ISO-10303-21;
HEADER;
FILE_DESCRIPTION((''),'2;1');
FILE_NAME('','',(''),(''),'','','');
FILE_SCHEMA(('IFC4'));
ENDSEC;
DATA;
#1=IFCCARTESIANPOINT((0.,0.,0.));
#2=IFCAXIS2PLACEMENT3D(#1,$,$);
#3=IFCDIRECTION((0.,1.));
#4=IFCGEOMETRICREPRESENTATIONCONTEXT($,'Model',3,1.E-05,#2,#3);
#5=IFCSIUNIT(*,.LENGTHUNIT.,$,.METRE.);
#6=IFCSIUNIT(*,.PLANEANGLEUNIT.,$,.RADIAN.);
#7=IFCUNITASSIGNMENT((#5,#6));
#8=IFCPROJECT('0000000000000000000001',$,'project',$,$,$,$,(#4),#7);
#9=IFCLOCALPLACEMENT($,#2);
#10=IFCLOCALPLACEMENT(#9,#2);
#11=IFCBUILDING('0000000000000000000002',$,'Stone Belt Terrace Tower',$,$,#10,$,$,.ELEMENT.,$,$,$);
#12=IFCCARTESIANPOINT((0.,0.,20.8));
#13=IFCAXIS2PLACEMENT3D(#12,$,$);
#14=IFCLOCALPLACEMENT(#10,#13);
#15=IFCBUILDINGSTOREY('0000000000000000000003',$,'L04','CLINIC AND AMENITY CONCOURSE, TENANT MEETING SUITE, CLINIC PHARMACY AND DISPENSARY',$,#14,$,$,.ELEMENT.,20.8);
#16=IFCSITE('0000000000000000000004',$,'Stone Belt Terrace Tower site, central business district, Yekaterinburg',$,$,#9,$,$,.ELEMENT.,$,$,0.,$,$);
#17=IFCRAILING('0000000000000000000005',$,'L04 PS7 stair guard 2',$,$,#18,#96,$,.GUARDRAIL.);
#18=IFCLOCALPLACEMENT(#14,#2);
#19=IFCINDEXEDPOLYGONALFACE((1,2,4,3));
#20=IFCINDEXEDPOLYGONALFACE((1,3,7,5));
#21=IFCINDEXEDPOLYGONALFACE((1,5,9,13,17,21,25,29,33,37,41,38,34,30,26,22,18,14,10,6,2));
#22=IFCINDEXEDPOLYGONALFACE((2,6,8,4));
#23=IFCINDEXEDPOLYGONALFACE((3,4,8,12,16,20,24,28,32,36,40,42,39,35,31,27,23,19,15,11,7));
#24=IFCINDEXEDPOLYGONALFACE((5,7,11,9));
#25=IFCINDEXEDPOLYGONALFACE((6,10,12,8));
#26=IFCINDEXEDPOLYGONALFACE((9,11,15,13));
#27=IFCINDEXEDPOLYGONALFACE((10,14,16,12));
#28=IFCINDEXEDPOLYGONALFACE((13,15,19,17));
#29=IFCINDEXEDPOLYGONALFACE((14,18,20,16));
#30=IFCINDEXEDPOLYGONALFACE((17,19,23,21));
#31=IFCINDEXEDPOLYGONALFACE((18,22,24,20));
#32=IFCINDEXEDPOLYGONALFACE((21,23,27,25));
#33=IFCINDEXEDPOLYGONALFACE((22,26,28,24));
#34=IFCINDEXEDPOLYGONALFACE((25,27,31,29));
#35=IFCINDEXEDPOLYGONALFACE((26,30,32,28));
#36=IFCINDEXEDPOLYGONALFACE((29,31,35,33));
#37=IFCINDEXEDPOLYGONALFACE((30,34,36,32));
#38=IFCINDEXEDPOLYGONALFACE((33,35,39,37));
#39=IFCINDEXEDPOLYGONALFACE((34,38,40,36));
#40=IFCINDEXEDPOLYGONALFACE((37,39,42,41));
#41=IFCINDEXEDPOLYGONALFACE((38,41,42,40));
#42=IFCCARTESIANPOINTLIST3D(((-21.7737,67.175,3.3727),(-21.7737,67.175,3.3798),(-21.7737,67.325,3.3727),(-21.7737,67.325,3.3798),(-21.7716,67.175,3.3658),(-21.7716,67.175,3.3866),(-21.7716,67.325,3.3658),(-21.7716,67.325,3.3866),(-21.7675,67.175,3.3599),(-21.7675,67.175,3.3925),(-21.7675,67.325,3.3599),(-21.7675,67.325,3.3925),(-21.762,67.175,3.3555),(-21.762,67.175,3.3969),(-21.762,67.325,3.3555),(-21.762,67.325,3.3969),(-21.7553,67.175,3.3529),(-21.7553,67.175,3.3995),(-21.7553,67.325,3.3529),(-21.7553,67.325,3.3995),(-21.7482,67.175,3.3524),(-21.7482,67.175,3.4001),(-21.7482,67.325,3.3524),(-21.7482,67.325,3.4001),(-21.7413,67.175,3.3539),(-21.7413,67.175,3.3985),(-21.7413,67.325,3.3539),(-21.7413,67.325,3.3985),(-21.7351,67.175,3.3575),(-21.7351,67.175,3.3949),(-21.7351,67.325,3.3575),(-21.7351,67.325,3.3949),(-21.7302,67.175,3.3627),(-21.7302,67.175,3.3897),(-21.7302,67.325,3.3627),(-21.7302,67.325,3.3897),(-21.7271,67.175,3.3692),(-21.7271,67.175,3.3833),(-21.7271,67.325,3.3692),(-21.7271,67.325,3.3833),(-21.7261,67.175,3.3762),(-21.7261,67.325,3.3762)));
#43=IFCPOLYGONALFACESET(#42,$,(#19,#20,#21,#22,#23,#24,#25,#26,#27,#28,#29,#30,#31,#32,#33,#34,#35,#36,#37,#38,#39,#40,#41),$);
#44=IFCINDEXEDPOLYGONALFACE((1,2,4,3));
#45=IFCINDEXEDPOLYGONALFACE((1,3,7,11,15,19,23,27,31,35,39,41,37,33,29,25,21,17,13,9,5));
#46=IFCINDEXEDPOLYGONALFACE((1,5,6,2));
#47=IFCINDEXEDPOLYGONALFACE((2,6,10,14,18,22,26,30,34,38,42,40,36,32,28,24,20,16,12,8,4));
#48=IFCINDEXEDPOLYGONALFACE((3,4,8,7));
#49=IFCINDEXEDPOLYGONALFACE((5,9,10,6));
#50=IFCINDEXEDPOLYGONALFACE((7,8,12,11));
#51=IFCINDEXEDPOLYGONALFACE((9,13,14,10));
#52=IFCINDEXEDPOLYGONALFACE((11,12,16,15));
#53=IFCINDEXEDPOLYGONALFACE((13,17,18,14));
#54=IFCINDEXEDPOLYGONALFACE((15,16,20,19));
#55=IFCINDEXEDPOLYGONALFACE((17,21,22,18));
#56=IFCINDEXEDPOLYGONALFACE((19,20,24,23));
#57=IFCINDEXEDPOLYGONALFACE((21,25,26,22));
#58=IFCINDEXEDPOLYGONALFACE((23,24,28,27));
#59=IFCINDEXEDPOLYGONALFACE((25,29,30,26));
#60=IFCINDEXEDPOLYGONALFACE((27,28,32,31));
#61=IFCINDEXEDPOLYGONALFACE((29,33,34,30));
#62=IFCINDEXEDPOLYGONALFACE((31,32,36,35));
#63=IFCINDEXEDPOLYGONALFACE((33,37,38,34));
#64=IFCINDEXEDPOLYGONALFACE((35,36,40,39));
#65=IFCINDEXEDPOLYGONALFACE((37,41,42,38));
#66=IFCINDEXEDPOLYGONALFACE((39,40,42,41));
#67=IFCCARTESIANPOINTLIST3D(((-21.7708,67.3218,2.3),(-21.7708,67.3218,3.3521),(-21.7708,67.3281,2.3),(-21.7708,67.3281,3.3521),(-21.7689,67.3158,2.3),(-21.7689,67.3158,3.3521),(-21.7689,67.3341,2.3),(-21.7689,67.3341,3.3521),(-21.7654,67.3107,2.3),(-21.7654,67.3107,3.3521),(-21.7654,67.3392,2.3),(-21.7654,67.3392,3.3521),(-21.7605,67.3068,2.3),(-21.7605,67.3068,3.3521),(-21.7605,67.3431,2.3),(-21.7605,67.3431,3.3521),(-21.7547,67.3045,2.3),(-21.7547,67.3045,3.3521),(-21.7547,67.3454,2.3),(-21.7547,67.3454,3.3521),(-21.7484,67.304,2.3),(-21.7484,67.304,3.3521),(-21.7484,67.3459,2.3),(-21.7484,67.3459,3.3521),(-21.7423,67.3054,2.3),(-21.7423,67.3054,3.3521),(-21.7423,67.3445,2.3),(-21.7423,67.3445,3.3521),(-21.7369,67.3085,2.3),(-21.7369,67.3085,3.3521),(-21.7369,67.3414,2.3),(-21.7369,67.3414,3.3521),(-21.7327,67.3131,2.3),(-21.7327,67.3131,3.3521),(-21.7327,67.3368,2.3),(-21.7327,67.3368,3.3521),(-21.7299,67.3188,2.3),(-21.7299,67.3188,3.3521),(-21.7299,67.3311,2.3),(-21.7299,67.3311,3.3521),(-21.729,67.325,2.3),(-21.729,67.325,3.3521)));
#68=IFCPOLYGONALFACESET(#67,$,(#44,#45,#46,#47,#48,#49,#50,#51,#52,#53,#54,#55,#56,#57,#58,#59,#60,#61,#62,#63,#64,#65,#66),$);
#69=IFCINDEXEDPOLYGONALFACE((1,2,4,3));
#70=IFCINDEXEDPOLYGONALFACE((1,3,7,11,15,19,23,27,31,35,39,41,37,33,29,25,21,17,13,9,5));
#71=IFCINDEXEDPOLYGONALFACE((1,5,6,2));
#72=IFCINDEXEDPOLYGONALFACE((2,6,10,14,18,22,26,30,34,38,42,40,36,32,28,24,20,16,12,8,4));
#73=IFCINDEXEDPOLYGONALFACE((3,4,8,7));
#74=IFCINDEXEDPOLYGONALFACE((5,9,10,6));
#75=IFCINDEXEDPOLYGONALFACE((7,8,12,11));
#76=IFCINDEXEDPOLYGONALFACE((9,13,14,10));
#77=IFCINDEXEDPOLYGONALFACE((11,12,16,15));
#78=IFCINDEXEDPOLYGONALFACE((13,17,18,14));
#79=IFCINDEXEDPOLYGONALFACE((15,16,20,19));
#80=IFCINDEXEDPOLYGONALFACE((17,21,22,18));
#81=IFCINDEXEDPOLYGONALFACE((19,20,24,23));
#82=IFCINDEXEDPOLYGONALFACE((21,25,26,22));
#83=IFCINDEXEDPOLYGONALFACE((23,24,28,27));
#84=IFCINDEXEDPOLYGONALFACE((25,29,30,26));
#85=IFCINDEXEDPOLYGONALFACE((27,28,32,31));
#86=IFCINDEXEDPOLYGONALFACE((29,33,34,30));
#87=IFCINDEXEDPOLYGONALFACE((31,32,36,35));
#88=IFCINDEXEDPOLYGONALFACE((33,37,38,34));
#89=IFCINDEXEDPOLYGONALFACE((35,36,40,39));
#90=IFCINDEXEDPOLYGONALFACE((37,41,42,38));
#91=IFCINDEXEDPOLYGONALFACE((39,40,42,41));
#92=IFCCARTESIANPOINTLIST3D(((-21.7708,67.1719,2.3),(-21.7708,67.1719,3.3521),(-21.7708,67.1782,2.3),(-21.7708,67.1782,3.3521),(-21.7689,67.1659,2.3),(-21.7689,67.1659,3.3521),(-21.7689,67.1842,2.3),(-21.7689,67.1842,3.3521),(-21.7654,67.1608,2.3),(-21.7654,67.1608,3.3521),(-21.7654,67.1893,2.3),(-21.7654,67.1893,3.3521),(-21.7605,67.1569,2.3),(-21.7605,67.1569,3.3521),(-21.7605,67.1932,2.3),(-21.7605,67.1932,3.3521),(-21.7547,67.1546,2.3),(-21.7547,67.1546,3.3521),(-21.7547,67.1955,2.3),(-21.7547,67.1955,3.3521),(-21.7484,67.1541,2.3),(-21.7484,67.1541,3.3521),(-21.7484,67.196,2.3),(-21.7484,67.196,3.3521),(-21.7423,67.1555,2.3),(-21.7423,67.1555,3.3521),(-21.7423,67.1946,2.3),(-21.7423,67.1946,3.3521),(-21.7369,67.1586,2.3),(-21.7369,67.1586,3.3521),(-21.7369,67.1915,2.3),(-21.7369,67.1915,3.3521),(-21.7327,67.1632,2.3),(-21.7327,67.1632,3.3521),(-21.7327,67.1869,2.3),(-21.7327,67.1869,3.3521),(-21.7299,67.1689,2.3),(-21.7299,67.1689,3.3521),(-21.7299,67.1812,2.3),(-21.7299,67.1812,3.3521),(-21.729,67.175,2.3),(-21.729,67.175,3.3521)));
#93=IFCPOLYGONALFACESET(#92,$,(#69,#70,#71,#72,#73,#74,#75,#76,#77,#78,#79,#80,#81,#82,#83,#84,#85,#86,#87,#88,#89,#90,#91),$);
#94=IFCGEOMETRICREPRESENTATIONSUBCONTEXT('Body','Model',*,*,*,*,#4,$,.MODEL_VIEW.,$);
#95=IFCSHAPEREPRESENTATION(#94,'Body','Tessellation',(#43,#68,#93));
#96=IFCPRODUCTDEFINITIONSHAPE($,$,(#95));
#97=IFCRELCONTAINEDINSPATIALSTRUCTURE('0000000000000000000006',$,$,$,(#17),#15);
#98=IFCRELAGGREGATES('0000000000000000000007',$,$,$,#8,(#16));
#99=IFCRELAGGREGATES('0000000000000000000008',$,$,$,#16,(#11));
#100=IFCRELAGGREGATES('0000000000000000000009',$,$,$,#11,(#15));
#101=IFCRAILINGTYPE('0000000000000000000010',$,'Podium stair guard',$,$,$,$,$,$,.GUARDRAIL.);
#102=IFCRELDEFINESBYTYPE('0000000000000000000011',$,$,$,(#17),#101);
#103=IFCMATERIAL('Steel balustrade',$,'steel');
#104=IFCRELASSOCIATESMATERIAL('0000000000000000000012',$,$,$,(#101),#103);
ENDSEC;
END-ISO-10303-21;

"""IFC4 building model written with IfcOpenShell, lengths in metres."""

from ifc_helpers import new_model, si_unit, direction, frame, origin, origin_2d, place, context, subcontext, project, spatial, circle, extrude, material, type_object, element, save


model = new_model("IFC4")

# Units and contexts
model_context = context("Model", 3, precision=1e-05, world=origin(), true_north=direction((0.0, 1.0)))
body_context = subcontext(model_context, "Body", "Model", "MODEL_VIEW")
ifc_project = project(units=[si_unit("LENGTHUNIT", "METRE"), si_unit("PLANEANGLEUNIT", "RADIAN")], contexts=[model_context])

# Site, building, storey
site_placement = place(None, origin())
site = spatial("IfcSite", under=ifc_project, at=site_placement, Name="Stone Belt Terrace Tower site, central business district, Yekaterinburg", CompositionType="ELEMENT", RefElevation=0.0)
building_placement = place(site_placement, origin())
building = spatial("IfcBuilding", under=site, at=building_placement, Name="Stone Belt Terrace Tower", CompositionType="ELEMENT")
storey_placement = place(building_placement, frame((0.0, 0.0, 20.8)))
storey = spatial("IfcBuildingStorey", under=building, at=storey_placement, Name="L04", Description="CLINIC AND AMENITY CONCOURSE, TENANT MEETING SUITE, CLINIC PHARMACY AND DISPENSARY", CompositionType="ELEMENT", Elevation=20.8)

# Railing
ifc_material_1 = material(Name="Steel balustrade", Category="steel")
railing_type_1 = type_object("IfcRailingType", Name="Podium stair guard", PredefinedType="GUARDRAIL", material=ifc_material_1)
railing_1_placement = place(storey_placement, frame((-21.75, 67.325, 2.3)))
element("IfcRailing", 1, at=railing_1_placement, inside=storey, type_object=railing_type_1, Name="L04 PS7 stair guard 2", PredefinedType="GUARDRAIL", context=body_context, shape_type="SweptSolid", body=[
    extrude(circle(Radius=0.0239, at=origin_2d()), frame((0.0, 0.0, 1.0762), z_axis=(0.0, -1.0, 0.0), x_axis=(1.0, 0.0, 0.0)), (0.0, 0.0, 1.0), 0.1499),
    extrude(circle(Radius=0.021, at=origin_2d()), origin(), (0.0, 0.0, 1.0), 1.052),
    extrude(circle(Radius=0.021, at=origin_2d()), frame((0.0, -0.1499, 0.0)), (0.0, 0.0, 1.0), 1.052),
])

save(model, "model.ifc")
